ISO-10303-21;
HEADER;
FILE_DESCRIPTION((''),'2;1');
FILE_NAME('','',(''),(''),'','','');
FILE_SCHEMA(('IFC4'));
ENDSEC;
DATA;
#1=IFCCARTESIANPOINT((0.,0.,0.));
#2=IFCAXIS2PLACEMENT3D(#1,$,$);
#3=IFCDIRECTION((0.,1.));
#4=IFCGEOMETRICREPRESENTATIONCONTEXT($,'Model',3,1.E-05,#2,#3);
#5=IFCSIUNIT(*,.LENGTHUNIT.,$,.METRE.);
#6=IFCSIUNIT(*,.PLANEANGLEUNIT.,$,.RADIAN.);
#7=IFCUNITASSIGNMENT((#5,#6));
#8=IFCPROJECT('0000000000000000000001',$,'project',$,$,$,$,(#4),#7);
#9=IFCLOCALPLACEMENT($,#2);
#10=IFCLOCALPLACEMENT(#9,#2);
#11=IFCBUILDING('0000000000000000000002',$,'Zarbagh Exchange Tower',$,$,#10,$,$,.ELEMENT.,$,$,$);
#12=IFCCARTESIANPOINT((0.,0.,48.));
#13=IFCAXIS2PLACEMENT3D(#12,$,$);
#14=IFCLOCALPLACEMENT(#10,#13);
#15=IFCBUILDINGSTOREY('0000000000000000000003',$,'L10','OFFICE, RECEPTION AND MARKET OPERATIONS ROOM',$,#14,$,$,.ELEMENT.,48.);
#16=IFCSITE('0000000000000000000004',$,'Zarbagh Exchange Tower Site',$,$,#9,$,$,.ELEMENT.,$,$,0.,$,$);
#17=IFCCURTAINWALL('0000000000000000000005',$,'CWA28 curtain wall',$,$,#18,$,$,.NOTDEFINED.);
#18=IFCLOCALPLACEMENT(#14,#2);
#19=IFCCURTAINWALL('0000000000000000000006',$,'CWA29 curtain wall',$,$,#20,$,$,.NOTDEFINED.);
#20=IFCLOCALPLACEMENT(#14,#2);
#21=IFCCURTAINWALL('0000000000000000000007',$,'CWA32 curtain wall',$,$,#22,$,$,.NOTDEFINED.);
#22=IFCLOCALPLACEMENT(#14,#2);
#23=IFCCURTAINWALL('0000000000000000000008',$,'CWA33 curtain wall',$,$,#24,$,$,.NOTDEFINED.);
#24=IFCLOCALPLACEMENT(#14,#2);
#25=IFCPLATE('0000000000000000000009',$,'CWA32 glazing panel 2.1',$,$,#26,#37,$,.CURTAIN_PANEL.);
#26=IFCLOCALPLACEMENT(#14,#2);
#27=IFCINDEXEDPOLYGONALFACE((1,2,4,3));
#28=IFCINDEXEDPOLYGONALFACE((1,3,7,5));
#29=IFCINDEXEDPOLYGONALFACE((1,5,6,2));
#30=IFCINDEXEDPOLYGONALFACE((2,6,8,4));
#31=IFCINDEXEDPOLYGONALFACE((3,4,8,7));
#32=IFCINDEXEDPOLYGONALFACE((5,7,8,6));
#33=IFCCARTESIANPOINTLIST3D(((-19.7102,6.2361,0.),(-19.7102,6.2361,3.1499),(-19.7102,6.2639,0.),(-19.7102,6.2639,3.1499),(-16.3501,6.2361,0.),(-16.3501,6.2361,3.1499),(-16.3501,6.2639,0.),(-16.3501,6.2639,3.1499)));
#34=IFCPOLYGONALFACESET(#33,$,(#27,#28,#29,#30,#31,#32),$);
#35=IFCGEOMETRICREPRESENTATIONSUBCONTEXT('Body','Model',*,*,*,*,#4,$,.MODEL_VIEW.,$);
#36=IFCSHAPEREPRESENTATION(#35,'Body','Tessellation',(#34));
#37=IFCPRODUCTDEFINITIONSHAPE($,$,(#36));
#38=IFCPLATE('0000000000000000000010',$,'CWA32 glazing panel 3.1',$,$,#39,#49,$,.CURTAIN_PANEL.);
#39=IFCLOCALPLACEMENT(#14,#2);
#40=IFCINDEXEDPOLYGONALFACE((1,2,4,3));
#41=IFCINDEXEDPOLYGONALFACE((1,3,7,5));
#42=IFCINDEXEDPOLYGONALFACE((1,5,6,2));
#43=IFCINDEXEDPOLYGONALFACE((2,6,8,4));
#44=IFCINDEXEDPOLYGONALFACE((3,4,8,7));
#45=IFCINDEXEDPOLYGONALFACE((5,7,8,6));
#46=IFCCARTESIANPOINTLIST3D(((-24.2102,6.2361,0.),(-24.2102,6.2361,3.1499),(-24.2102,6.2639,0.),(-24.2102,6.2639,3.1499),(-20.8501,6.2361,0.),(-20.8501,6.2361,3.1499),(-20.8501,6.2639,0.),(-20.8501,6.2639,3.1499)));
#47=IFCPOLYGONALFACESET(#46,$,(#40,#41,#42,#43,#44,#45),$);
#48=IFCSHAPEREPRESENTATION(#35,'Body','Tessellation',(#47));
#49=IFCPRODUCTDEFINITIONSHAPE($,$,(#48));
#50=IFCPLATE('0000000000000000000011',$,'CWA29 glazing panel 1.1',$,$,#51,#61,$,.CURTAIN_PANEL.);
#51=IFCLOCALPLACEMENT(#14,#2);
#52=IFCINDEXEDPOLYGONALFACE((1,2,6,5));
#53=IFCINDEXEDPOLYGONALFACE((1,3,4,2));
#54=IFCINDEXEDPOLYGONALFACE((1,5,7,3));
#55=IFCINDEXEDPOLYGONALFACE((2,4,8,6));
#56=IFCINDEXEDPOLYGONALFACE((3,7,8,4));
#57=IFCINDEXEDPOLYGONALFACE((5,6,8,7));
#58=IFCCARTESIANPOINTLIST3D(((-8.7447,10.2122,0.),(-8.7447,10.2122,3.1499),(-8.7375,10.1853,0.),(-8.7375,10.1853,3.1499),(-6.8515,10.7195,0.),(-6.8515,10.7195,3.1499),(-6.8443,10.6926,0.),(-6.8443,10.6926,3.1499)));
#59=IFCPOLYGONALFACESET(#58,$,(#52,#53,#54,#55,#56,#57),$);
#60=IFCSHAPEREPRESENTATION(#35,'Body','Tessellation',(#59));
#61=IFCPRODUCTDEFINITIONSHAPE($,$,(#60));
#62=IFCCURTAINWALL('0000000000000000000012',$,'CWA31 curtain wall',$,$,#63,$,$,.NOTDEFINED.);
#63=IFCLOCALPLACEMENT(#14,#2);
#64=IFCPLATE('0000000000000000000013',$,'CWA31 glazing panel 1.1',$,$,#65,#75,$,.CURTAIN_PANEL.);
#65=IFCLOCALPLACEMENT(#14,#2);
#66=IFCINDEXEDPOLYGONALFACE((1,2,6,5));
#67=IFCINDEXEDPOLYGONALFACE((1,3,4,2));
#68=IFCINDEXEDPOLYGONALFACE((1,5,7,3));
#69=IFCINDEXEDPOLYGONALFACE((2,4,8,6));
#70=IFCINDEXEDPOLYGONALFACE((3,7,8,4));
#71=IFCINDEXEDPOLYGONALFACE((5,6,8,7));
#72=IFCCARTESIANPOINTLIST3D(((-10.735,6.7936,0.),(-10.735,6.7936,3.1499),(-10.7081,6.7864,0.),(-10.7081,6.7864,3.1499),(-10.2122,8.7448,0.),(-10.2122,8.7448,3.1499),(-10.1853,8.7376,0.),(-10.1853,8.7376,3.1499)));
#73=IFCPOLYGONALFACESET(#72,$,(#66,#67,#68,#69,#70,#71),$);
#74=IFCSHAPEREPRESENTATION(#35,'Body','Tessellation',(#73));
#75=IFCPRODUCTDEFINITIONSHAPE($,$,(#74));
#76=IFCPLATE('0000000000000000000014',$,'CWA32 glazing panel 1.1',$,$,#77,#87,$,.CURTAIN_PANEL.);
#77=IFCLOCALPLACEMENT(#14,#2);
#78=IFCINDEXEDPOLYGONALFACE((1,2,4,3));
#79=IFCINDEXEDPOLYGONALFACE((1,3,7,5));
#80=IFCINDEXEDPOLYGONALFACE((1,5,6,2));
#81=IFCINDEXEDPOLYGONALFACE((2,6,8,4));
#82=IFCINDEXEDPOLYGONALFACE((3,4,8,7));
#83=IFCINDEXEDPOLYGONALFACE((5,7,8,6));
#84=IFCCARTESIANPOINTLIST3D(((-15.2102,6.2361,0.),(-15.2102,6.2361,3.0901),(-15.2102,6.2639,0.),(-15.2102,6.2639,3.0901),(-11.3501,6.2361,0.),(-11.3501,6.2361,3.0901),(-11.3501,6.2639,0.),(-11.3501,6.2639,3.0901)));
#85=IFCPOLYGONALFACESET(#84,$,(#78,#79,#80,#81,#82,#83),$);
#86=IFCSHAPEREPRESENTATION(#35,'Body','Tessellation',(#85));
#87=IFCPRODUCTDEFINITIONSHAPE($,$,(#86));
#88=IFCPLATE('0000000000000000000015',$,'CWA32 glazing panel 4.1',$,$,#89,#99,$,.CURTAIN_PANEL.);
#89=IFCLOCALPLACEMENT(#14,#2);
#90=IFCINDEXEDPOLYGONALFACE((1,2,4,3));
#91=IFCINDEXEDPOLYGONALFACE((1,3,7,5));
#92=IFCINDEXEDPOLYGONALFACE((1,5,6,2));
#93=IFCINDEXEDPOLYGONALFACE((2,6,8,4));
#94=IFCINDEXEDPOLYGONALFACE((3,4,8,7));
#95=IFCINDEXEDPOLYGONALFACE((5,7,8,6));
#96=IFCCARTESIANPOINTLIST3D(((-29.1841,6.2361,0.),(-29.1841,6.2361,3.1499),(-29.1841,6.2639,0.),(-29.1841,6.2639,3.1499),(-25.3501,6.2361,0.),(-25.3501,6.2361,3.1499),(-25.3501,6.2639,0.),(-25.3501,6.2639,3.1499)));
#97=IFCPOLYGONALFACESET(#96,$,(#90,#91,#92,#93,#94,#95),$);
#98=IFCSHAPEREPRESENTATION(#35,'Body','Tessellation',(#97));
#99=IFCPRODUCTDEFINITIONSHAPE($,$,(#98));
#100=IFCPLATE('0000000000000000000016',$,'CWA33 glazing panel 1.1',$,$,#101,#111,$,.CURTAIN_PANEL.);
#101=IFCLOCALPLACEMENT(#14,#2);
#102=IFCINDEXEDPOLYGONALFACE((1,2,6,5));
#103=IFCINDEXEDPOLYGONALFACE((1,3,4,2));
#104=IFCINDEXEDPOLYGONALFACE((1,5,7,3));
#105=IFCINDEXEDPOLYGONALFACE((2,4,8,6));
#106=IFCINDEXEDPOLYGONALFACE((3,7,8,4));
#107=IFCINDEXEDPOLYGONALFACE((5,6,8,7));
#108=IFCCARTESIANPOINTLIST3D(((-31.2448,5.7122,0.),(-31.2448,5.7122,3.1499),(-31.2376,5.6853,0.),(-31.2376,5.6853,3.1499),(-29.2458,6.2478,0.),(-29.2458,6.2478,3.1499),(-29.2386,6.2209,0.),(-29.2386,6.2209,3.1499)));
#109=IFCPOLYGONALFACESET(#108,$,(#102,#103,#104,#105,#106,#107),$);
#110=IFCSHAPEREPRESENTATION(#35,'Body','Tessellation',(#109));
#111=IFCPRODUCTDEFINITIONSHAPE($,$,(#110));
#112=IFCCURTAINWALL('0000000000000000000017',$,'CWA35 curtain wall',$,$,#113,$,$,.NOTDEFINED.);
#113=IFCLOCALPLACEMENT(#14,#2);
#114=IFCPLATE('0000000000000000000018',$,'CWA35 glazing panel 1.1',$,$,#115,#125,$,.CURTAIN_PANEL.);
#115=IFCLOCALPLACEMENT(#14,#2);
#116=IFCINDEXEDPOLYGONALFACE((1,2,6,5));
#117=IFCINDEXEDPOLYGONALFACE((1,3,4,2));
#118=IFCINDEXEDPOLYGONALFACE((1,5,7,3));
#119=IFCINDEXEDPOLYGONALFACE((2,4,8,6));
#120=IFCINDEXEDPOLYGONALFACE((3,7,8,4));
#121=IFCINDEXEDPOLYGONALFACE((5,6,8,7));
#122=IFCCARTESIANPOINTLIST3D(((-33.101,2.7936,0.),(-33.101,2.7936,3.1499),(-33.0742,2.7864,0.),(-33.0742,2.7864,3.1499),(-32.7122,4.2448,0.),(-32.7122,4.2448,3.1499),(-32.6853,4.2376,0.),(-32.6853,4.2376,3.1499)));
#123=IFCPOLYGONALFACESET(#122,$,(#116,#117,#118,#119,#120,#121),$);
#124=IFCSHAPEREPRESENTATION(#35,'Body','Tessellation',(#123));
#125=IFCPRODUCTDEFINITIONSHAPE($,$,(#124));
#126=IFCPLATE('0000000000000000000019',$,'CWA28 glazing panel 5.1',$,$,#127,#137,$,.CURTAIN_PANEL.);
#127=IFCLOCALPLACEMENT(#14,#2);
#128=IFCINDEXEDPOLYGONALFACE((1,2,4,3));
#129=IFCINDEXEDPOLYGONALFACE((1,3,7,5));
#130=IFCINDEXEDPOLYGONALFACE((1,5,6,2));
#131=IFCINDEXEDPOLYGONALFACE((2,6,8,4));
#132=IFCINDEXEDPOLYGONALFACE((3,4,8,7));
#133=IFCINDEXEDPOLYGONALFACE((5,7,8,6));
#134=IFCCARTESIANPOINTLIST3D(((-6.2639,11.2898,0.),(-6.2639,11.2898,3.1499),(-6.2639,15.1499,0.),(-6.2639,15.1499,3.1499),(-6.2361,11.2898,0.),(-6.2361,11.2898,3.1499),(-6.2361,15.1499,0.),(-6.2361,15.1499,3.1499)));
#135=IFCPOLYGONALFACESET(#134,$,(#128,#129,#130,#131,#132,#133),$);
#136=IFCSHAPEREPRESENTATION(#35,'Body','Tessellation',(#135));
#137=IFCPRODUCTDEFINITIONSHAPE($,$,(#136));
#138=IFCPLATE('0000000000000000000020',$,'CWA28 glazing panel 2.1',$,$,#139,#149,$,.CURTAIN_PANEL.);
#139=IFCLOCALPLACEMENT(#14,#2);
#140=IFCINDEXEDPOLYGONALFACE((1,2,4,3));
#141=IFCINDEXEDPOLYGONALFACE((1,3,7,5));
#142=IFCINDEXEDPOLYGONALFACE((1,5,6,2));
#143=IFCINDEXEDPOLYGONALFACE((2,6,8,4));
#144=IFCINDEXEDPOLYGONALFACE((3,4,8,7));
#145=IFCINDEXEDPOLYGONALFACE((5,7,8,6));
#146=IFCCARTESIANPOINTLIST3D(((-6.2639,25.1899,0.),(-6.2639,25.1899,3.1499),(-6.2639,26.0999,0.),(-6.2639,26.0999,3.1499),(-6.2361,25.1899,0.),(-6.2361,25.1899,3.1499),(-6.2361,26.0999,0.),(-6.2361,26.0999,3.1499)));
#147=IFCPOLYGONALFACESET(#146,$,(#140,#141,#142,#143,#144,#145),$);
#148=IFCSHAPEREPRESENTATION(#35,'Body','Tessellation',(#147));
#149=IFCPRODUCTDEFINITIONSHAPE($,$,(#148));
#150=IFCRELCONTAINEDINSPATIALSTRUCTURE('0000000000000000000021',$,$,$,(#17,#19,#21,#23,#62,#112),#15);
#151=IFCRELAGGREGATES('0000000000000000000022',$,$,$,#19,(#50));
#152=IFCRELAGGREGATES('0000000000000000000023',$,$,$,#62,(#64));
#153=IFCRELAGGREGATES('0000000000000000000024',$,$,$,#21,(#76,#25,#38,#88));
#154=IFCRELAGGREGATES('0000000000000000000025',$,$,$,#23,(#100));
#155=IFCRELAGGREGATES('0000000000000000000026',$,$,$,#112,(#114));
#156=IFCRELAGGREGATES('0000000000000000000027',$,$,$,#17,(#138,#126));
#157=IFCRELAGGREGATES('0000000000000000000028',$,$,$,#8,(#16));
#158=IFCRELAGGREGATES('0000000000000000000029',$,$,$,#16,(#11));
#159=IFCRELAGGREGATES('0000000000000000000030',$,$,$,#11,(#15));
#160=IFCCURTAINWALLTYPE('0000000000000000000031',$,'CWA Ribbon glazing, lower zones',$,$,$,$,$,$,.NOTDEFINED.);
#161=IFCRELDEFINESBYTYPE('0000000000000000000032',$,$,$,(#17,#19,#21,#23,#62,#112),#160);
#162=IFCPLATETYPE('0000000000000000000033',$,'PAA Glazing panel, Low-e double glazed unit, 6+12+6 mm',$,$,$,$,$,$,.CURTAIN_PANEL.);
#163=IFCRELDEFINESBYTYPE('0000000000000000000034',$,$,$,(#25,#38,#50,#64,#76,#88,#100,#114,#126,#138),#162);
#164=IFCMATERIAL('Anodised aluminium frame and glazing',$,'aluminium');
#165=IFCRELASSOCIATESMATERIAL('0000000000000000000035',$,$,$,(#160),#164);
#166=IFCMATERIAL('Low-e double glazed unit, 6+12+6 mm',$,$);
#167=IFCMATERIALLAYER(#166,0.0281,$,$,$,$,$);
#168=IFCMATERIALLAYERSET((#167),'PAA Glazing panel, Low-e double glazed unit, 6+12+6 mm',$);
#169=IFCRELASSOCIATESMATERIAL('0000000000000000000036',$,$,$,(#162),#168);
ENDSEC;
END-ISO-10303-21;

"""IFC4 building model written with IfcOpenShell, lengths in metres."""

from ifc_helpers import new_model, si_unit, direction, frame, origin, place, context, subcontext, project, spatial, polyline, outline, extrude, source, transform, mapped, material, layer, layer_set, type_object, element, aggregate, save


model = new_model("IFC4")

# Units and contexts
model_context = context("Model", 3, precision=1e-05, world=origin(), true_north=direction((0.0, 1.0)))
body_context = subcontext(model_context, "Body", "Model", "MODEL_VIEW")
ifc_project = project(units=[si_unit("LENGTHUNIT", "METRE"), si_unit("PLANEANGLEUNIT", "RADIAN")], contexts=[model_context])

# Site, building, storey
site_placement = place(None, origin())
site = spatial("IfcSite", under=ifc_project, at=site_placement, Name="Zarbagh Exchange Tower Site", CompositionType="ELEMENT", RefElevation=0.0)
building_placement = place(site_placement, origin())
building = spatial("IfcBuilding", under=site, at=building_placement, Name="Zarbagh Exchange Tower", CompositionType="ELEMENT")
storey_placement = place(building_placement, frame((0.0, 0.0, 48.0)))
storey = spatial("IfcBuildingStorey", under=building, at=storey_placement, Name="L10", Description="OFFICE, RECEPTION AND MARKET OPERATIONS ROOM", CompositionType="ELEMENT", Elevation=48.0)

# Curtain wall
ifc_material_1 = material(Name="Anodised aluminium frame and glazing", Category="aluminium")
curtain_wall_type = type_object("IfcCurtainWallType", Name="CWA Ribbon glazing, lower zones", PredefinedType="NOTDEFINED", material=ifc_material_1)
curtain_wall_1_placement = place(storey_placement, origin())
curtain_wall_1 = element("IfcCurtainWall", 1, at=curtain_wall_1_placement, inside=storey, type_object=curtain_wall_type, Name="CWA28 curtain wall", PredefinedType="NOTDEFINED")
placement = place(storey_placement, origin())

# Curtain wall
curtain_wall_2_placement = place(storey_placement, origin())
curtain_wall_2 = element("IfcCurtainWall", 2, at=curtain_wall_2_placement, inside=storey, type_object=curtain_wall_type, Name="CWA29 curtain wall", PredefinedType="NOTDEFINED")

# Curtain wall
curtain_wall_3_placement = place(storey_placement, origin())
curtain_wall_3 = element("IfcCurtainWall", 3, at=curtain_wall_3_placement, inside=storey, type_object=curtain_wall_type, Name="CWA32 curtain wall", PredefinedType="NOTDEFINED")

# Curtain wall
curtain_wall_4_placement = place(storey_placement, origin())
curtain_wall_4 = element("IfcCurtainWall", 4, at=curtain_wall_4_placement, inside=storey, type_object=curtain_wall_type, Name="CWA33 curtain wall", PredefinedType="NOTDEFINED")

# Shared definitions
ifc_material_2 = material(Name="Low-e double glazed unit, 6+12+6 mm")
ifc_layer = layer(ifc_material_2, 0.0281)
ifc_layer_set = layer_set([ifc_layer], Name="PAA Glazing panel, Low-e double glazed unit, 6+12+6 mm")
plate_type = type_object("IfcPlateType", Name="PAA Glazing panel, Low-e double glazed unit, 6+12+6 mm", PredefinedType="CURTAIN_PANEL", material=ifc_layer_set)

# Plates
shared_shape_1 = source(origin(), body_context, "Body", "SweptSolid", [
    extrude(outline(polyline([(0.0, -0.0139), (3.3601, -0.0139), (3.3601, 0.0139), (0.0, 0.0139), (0.0, -0.0139)])), origin(), (0.0, 0.0, 1.0), 3.1499),
])
plate_1 = element("IfcPlate", 5, at=placement, type_object=plate_type, Name="CWA32 glazing panel 2.1", PredefinedType="CURTAIN_PANEL", context=body_context, shape_type="MappedRepresentation", body=[
    mapped(shared_shape_1, transform((-16.3501, 6.25, 0.0), x_axis=(-1.0, 0.0, 0.0), y_axis=(0.0, -1.0, 0.0), z_axis=(0.0, 0.0, 1.0))),
])
plate_2 = element("IfcPlate", 6, at=placement, type_object=plate_type, Name="CWA32 glazing panel 3.1", PredefinedType="CURTAIN_PANEL", context=body_context, shape_type="MappedRepresentation", body=[
    mapped(shared_shape_1, transform((-20.8501, 6.25, 0.0), x_axis=(-1.0, 0.0, 0.0), y_axis=(0.0, -1.0, 0.0), z_axis=(0.0, 0.0, 1.0))),
])
shared_shape_2 = source(origin(), body_context, "Body", "SweptSolid", [
    extrude(outline(polyline([(0.0, -0.0139), (1.96, -0.0139), (1.96, 0.0139), (0.0, 0.0139), (0.0, -0.0139)])), origin(), (0.0, 0.0, 1.0), 3.1499),
])
plate_3 = element("IfcPlate", 7, at=placement, type_object=plate_type, Name="CWA29 glazing panel 1.1", PredefinedType="CURTAIN_PANEL", context=body_context, shape_type="MappedRepresentation", body=[
    mapped(shared_shape_2, transform((-6.8479, 10.7061, 0.0), x_axis=(-0.965924, -0.258825, 0.0), y_axis=(0.258825, -0.965924, 0.0), z_axis=(0.0, 0.0, 1.0))),
])
aggregate(curtain_wall_2, [plate_3])

# Curtain wall, plate
curtain_wall_5_placement = place(storey_placement, origin())
curtain_wall_5 = element("IfcCurtainWall", 8, at=curtain_wall_5_placement, inside=storey, type_object=curtain_wall_type, Name="CWA31 curtain wall", PredefinedType="NOTDEFINED")
shared_shape_3 = source(origin(), body_context, "Body", "SweptSolid", [
    extrude(outline(polyline([(0.0, -0.0139), (2.02, -0.0139), (2.02, 0.0139), (0.0, 0.0139), (0.0, -0.0139)])), origin(), (0.0, 0.0, 1.0), 3.1499),
])
plate_4 = element("IfcPlate", 9, at=placement, type_object=plate_type, Name="CWA31 glazing panel 1.1", PredefinedType="CURTAIN_PANEL", context=body_context, shape_type="MappedRepresentation", body=[
    mapped(shared_shape_3, transform((-10.1987, 8.7412, 0.0), x_axis=(-0.258825, -0.965924, 0.0), y_axis=(0.965924, -0.258825, 0.0), z_axis=(0.0, 0.0, 1.0))),
])
aggregate(curtain_wall_5, [plate_4])

# Plates
shared_shape_4 = source(origin(), body_context, "Body", "SweptSolid", [
    extrude(outline(polyline([(0.0, -0.0139), (3.8601, -0.0139), (3.8601, 0.0139), (0.0, 0.0139), (0.0, -0.0139)])), origin(), (0.0, 0.0, 1.0), 3.0901),
])
plate_5 = element("IfcPlate", 10, at=placement, type_object=plate_type, Name="CWA32 glazing panel 1.1", PredefinedType="CURTAIN_PANEL", context=body_context, shape_type="MappedRepresentation", body=[
    mapped(shared_shape_4, transform((-11.3501, 6.25, 0.0), x_axis=(-1.0, 0.0, 0.0), y_axis=(0.0, -1.0, 0.0), z_axis=(0.0, 0.0, 1.0))),
])
shared_shape_5 = source(origin(), body_context, "Body", "SweptSolid", [
    extrude(outline(polyline([(0.0, -0.0139), (3.834, -0.0139), (3.834, 0.0139), (0.0, 0.0139), (0.0, -0.0139)])), origin(), (0.0, 0.0, 1.0), 3.1499),
])
plate_6 = element("IfcPlate", 11, at=placement, type_object=plate_type, Name="CWA32 glazing panel 4.1", PredefinedType="CURTAIN_PANEL", context=body_context, shape_type="MappedRepresentation", body=[
    mapped(shared_shape_5, transform((-25.3501, 6.25, 0.0), x_axis=(-1.0, 0.0, 0.0), y_axis=(0.0, -1.0, 0.0), z_axis=(0.0, 0.0, 1.0))),
])
aggregate(curtain_wall_3, [plate_5, plate_1, plate_2, plate_6])
shared_shape_6 = source(origin(), body_context, "Body", "SweptSolid", [
    extrude(outline(polyline([(0.0, -0.0139), (2.0696, -0.0139), (2.0696, 0.0139), (0.0, 0.0139), (0.0, -0.0139)])), origin(), (0.0, 0.0, 1.0), 3.1499),
])
plate_7 = element("IfcPlate", 12, at=placement, type_object=plate_type, Name="CWA33 glazing panel 1.1", PredefinedType="CURTAIN_PANEL", context=body_context, shape_type="MappedRepresentation", body=[
    mapped(shared_shape_6, transform((-29.2422, 6.2344, 0.0), x_axis=(-0.965924, -0.258825, 0.0), y_axis=(0.258825, -0.965924, 0.0), z_axis=(0.0, 0.0, 1.0))),
])
aggregate(curtain_wall_4, [plate_7])

# Curtain wall, plate
curtain_wall_6_placement = place(storey_placement, origin())
curtain_wall_6 = element("IfcCurtainWall", 13, at=curtain_wall_6_placement, inside=storey, type_object=curtain_wall_type, Name="CWA35 curtain wall", PredefinedType="NOTDEFINED")
shared_shape_7 = source(origin(), body_context, "Body", "SweptSolid", [
    extrude(outline(polyline([(0.0, -0.0139), (1.5024, -0.0139), (1.5024, 0.0139), (0.0, 0.0139), (0.0, -0.0139)])), origin(), (0.0, 0.0, 1.0), 3.1499),
])
plate_8 = element("IfcPlate", 14, at=placement, type_object=plate_type, Name="CWA35 glazing panel 1.1", PredefinedType="CURTAIN_PANEL", context=body_context, shape_type="MappedRepresentation", body=[
    mapped(shared_shape_7, transform((-32.6987, 4.2412, 0.0), x_axis=(-0.258825, -0.965924, 0.0), y_axis=(0.965924, -0.258825, 0.0), z_axis=(0.0, 0.0, 1.0))),
])
aggregate(curtain_wall_6, [plate_8])

# Plates
shared_shape_8 = source(origin(), body_context, "Body", "SweptSolid", [
    extrude(outline(polyline([(0.0, -0.0139), (3.8601, -0.0139), (3.8601, 0.0139), (0.0, 0.0139), (0.0, -0.0139)])), origin(), (0.0, 0.0, 1.0), 3.1499),
])
plate_9 = element("IfcPlate", 15, at=placement, type_object=plate_type, Name="CWA28 glazing panel 5.1", PredefinedType="CURTAIN_PANEL", context=body_context, shape_type="MappedRepresentation", body=[
    mapped(shared_shape_8, transform((-6.25, 15.1499, 0.0), x_axis=(0.0, -1.0, 0.0), y_axis=(1.0, 0.0, 0.0), z_axis=(0.0, 0.0, 1.0))),
])
shared_shape_9 = source(origin(), body_context, "Body", "SweptSolid", [
    extrude(outline(polyline([(0.0, -0.0139), (0.9099, -0.0139), (0.9099, 0.0139), (0.0, 0.0139), (0.0, -0.0139)])), origin(), (0.0, 0.0, 1.0), 3.1499),
])
plate_10 = element("IfcPlate", 16, at=placement, type_object=plate_type, Name="CWA28 glazing panel 2.1", PredefinedType="CURTAIN_PANEL", context=body_context, shape_type="MappedRepresentation", body=[
    mapped(shared_shape_9, transform((-6.25, 26.0999, 0.0), x_axis=(0.0, -1.0, 0.0), y_axis=(1.0, 0.0, 0.0), z_axis=(0.0, 0.0, 1.0))),
])
aggregate(curtain_wall_1, [plate_10, plate_9])

save(model, "model.ifc")
